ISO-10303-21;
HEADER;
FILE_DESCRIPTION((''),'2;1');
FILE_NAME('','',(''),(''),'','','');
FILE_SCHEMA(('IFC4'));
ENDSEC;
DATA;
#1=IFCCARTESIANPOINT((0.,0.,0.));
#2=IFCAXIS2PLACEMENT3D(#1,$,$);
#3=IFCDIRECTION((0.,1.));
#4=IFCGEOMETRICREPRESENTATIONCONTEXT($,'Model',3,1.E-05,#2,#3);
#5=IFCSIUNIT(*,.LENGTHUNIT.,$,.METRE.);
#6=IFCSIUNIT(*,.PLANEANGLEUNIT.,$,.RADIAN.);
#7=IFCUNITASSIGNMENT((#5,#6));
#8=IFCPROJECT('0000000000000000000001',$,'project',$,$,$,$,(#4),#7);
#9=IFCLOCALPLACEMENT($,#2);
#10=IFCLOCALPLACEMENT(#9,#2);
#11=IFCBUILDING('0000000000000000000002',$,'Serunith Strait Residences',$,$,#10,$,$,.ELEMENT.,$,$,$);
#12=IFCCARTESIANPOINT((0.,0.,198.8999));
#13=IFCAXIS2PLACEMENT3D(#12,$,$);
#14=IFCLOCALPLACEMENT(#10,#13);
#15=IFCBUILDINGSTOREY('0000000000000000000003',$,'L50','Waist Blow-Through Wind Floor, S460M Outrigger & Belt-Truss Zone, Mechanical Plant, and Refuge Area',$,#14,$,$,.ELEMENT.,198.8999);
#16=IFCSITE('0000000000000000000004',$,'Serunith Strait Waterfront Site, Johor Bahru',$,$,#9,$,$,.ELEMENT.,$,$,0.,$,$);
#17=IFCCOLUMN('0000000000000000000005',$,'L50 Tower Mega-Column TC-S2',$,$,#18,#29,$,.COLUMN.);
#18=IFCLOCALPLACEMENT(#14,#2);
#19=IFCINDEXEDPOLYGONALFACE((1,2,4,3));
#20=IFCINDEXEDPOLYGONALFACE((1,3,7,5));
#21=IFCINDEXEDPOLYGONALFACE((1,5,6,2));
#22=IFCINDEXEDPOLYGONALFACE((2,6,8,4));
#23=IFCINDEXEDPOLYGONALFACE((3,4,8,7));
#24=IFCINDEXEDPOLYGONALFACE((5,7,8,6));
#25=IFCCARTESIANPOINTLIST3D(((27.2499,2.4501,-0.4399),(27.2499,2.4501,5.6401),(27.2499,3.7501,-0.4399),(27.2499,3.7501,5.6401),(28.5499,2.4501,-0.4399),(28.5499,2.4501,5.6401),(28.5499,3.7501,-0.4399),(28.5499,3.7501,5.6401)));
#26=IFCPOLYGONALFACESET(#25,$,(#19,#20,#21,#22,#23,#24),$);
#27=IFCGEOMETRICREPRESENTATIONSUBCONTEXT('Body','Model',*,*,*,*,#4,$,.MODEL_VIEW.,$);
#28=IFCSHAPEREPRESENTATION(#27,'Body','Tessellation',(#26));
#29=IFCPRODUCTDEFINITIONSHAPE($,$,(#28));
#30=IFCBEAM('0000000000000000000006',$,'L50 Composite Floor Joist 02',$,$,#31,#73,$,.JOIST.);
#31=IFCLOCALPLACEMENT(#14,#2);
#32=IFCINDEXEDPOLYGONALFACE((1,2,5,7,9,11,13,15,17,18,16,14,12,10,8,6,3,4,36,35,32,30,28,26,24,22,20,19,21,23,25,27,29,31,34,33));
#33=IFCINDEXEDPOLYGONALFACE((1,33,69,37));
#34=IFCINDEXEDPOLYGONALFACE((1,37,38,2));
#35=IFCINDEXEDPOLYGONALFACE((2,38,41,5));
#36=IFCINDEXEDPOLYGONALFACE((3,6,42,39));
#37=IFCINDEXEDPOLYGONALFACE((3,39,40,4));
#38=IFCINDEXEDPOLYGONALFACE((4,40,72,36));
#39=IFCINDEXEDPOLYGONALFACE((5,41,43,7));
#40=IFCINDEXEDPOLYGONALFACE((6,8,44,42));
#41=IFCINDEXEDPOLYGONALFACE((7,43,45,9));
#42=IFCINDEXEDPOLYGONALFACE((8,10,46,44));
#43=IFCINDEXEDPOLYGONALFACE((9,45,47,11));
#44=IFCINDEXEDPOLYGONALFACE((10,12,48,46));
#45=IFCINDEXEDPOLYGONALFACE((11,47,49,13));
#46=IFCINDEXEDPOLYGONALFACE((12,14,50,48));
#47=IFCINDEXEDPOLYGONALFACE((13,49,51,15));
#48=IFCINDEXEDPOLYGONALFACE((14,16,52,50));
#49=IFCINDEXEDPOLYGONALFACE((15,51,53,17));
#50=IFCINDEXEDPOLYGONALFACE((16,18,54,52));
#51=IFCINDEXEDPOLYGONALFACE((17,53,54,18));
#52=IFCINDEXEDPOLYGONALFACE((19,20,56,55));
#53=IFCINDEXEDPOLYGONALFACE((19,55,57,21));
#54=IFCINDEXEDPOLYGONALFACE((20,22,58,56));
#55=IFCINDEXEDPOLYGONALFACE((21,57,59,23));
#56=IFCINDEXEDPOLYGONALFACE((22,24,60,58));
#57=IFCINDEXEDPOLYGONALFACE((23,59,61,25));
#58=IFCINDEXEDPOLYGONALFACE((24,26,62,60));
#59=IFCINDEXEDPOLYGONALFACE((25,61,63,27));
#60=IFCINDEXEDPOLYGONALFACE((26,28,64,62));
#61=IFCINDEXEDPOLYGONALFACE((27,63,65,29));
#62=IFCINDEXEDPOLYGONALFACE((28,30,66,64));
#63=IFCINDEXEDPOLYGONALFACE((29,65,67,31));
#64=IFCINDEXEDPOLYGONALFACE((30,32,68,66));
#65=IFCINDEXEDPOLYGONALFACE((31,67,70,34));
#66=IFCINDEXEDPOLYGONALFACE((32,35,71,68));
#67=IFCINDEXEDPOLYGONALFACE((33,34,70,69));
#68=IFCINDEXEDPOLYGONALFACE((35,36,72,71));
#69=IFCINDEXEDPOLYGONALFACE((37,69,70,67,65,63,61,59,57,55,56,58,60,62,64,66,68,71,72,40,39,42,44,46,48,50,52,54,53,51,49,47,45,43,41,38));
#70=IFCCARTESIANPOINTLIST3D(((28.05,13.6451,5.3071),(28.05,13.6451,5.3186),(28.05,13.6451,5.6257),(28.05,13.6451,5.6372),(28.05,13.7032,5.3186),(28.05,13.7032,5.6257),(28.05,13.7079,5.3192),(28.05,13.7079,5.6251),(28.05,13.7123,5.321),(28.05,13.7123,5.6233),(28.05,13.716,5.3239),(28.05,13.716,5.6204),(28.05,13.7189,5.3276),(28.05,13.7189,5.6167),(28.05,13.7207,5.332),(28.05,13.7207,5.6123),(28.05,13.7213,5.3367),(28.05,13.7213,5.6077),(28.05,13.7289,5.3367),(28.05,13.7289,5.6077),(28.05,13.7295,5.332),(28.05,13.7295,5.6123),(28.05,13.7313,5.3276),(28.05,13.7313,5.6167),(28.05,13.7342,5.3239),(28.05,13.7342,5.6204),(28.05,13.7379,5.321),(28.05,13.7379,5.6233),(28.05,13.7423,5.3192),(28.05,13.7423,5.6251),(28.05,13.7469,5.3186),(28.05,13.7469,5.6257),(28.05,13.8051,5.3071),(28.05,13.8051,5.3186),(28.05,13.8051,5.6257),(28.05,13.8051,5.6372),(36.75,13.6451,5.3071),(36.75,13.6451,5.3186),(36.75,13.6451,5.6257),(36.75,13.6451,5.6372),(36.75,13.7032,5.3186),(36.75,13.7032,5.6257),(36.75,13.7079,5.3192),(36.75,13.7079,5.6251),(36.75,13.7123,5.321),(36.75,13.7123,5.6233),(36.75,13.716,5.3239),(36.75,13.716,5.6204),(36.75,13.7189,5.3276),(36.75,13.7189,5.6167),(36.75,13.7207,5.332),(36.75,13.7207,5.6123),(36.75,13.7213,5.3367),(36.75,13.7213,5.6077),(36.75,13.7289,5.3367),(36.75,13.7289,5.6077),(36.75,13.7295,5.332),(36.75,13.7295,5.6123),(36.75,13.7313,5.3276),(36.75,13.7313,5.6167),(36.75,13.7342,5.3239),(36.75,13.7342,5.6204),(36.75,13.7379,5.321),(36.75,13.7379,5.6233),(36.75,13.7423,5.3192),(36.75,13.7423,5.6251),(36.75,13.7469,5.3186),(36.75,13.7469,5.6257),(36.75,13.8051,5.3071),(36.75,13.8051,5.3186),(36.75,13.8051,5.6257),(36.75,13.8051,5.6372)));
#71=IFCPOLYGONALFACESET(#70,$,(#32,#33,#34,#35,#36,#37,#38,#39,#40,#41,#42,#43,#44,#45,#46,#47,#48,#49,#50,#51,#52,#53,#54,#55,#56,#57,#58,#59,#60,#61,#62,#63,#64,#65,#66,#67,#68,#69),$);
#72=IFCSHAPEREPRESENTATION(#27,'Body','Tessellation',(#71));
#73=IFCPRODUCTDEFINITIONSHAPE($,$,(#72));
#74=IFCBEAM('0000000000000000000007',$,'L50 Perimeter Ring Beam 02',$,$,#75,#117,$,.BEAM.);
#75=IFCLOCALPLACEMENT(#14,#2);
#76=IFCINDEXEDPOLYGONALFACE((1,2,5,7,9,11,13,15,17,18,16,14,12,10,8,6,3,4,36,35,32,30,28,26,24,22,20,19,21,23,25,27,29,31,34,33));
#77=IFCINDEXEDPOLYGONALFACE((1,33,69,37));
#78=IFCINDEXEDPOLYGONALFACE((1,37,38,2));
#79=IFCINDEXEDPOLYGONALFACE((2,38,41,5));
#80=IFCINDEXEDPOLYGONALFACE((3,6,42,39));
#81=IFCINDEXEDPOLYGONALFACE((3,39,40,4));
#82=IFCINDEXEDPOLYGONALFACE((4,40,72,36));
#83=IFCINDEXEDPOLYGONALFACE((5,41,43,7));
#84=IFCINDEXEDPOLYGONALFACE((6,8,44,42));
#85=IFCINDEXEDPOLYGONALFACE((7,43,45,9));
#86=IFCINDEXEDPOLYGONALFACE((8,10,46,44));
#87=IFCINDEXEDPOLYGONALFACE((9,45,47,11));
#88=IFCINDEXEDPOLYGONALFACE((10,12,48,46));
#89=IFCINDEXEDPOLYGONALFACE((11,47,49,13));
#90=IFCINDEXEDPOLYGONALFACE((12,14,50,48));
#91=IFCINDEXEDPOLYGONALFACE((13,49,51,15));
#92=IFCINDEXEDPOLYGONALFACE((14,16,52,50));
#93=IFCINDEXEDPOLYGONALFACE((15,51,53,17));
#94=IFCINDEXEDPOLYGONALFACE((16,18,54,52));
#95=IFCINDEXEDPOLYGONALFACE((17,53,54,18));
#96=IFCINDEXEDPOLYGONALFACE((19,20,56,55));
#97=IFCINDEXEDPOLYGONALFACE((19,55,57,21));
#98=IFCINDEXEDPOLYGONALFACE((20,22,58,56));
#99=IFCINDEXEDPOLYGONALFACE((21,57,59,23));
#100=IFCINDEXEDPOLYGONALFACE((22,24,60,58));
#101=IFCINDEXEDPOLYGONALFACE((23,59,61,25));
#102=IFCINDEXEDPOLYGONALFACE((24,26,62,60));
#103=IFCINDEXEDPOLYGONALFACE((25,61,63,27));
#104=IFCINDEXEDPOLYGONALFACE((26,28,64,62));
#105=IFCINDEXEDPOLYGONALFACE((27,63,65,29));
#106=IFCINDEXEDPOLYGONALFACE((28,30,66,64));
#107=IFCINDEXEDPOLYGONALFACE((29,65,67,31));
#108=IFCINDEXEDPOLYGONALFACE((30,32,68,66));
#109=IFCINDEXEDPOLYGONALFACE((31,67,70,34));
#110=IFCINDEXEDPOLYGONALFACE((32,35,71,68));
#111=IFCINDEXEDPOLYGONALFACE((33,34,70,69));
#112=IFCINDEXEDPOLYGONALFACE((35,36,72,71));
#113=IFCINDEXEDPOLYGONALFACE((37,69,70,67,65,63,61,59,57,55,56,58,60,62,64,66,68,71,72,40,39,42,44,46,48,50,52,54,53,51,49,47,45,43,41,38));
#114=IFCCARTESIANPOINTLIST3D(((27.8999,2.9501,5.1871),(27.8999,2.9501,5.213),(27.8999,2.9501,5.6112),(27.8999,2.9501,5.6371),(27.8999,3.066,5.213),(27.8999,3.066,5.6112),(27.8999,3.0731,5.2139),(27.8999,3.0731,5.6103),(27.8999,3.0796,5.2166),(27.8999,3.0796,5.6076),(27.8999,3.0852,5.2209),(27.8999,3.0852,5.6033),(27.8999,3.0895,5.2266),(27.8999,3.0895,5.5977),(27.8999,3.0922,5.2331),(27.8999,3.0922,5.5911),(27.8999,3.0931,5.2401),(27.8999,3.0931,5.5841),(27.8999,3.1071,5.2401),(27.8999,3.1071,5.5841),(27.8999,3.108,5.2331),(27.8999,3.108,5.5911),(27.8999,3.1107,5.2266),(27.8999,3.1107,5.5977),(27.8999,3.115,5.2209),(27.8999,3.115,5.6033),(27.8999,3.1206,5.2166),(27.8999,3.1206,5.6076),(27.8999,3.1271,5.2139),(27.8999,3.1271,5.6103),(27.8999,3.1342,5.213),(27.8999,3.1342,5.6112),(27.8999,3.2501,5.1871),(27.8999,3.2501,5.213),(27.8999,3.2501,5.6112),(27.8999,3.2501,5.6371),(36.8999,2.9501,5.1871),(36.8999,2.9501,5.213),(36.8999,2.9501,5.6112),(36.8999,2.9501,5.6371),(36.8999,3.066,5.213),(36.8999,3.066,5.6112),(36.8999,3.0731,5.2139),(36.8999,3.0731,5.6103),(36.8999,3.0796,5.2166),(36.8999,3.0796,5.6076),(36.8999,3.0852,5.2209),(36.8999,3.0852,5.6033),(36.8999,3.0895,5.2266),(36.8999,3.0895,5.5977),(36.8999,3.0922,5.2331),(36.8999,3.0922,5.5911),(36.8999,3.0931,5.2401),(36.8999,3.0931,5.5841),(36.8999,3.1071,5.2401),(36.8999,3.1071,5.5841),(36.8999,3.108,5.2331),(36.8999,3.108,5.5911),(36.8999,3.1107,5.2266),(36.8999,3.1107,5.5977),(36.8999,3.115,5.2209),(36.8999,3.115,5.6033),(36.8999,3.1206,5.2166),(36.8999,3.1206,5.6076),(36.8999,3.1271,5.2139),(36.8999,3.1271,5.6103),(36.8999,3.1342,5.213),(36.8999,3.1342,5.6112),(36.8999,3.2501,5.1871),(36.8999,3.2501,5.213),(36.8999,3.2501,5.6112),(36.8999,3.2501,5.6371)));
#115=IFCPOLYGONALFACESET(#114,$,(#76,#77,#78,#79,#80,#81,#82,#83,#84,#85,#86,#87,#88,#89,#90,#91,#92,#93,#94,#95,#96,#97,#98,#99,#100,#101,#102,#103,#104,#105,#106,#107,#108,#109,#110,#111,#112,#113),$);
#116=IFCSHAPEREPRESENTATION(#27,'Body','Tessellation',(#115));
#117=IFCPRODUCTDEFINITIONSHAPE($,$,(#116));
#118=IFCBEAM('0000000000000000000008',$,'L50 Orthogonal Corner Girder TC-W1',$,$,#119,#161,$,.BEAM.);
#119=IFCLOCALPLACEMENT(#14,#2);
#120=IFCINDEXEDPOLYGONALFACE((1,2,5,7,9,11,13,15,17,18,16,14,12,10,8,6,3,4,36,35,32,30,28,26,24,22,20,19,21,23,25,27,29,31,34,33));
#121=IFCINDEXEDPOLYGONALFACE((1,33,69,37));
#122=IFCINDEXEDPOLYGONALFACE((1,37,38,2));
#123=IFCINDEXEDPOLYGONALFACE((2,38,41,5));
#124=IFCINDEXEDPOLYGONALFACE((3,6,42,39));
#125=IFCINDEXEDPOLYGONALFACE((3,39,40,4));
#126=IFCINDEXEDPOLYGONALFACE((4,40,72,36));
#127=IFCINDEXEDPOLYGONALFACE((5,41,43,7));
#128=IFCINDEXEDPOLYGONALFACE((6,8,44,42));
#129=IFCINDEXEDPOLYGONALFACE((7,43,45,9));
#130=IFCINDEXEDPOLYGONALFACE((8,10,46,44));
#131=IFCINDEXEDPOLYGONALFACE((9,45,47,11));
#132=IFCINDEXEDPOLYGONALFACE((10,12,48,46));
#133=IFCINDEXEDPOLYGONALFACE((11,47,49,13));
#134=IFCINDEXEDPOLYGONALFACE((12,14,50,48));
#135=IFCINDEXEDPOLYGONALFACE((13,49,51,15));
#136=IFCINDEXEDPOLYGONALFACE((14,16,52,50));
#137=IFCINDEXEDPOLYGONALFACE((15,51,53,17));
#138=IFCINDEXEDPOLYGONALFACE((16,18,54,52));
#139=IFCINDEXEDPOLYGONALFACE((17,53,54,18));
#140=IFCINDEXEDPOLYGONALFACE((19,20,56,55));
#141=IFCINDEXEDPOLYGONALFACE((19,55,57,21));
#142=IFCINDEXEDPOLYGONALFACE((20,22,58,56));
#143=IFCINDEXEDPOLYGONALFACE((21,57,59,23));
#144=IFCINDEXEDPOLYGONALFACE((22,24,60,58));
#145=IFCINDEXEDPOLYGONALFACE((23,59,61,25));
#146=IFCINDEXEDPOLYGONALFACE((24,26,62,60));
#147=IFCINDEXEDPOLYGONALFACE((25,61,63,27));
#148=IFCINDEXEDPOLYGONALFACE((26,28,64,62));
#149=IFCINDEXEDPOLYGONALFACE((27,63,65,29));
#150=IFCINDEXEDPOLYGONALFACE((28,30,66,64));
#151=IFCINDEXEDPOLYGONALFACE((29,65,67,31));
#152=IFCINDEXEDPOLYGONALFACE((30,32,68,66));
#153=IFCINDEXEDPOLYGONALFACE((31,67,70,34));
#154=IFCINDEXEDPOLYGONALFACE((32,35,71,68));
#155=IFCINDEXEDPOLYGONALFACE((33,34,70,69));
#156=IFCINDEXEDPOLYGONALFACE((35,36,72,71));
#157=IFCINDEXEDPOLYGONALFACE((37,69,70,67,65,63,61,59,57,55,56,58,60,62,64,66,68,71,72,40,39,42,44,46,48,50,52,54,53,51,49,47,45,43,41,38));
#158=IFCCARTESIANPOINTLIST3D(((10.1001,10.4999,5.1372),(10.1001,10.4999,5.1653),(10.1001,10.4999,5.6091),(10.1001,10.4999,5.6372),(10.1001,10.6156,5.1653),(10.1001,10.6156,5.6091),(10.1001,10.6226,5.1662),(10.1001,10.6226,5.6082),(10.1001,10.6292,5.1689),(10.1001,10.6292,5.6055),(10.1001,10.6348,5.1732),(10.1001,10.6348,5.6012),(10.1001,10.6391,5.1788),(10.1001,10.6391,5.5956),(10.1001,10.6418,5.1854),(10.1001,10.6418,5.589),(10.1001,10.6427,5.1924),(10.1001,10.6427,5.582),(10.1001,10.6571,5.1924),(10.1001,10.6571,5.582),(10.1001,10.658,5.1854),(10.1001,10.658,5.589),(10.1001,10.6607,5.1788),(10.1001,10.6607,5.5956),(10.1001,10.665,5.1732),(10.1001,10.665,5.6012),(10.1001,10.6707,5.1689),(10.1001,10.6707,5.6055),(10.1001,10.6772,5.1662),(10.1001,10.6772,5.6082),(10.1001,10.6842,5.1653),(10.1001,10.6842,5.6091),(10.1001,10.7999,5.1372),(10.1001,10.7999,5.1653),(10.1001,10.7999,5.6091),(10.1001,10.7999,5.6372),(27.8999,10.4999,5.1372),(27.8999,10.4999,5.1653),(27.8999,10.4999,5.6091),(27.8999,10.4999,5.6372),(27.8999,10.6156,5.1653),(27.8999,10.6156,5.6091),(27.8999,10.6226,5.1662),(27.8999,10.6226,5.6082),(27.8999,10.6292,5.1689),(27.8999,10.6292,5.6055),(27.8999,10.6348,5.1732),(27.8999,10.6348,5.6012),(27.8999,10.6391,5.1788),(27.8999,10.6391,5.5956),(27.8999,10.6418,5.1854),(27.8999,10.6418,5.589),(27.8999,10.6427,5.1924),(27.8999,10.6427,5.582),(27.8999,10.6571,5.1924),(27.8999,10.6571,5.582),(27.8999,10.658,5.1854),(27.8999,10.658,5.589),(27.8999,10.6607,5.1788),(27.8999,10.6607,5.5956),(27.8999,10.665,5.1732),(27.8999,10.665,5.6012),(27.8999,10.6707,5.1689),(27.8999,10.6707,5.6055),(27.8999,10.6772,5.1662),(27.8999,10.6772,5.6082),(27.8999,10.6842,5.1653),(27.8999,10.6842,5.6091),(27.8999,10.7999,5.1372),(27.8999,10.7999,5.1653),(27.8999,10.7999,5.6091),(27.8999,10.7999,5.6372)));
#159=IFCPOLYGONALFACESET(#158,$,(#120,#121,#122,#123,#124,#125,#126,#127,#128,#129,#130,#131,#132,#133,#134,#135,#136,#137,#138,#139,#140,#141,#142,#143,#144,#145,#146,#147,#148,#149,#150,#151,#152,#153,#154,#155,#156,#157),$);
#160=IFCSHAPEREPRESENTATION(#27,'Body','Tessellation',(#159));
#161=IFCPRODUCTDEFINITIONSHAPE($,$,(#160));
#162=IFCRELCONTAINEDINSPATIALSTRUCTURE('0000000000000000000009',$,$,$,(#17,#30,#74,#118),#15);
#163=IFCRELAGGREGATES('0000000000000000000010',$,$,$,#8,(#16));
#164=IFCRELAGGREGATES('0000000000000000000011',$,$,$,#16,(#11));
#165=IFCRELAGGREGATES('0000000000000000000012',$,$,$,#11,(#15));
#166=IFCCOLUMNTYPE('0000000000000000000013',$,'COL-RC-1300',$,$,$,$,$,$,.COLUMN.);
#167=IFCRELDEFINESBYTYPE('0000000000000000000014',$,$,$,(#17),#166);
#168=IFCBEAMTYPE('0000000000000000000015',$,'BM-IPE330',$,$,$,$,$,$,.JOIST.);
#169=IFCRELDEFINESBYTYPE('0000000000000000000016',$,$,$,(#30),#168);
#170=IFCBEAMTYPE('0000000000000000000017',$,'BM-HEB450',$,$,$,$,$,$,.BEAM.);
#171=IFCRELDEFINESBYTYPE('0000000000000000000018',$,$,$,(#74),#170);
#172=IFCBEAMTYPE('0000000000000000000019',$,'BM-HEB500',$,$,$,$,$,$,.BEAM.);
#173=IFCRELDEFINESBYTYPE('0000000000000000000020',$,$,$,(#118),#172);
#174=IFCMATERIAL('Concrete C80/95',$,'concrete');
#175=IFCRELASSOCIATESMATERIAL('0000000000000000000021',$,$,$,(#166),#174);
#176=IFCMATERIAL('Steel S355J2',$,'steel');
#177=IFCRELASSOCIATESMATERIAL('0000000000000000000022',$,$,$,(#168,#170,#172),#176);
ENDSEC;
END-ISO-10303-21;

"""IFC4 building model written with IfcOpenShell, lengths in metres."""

from ifc_helpers import new_model, si_unit, direction, frame, origin, origin_2d, place, context, subcontext, project, spatial, rectangle, i_section, extrude, source, transform, mapped, material, material_profile, profile_set, type_object, element, save


model = new_model("IFC4")

# Units and contexts
model_context = context("Model", 3, precision=1e-05, world=origin(), true_north=direction((0.0, 1.0)))
body_context = subcontext(model_context, "Body", "Model", "MODEL_VIEW")
ifc_project = project(units=[si_unit("LENGTHUNIT", "METRE"), si_unit("PLANEANGLEUNIT", "RADIAN")], contexts=[model_context])

# Site, building, storey
site_placement = place(None, origin())
site = spatial("IfcSite", under=ifc_project, at=site_placement, Name="Serunith Strait Waterfront Site, Johor Bahru", CompositionType="ELEMENT", RefElevation=0.0)
building_placement = place(site_placement, origin())
building = spatial("IfcBuilding", under=site, at=building_placement, Name="Serunith Strait Residences", CompositionType="ELEMENT")
storey_placement = place(building_placement, frame((0.0, 0.0, 198.8999)))
storey = spatial("IfcBuildingStorey", under=building, at=storey_placement, Name="L50", Description="Waist Blow-Through Wind Floor, S460M Outrigger & Belt-Truss Zone, Mechanical Plant, and Refuge Area", CompositionType="ELEMENT", Elevation=198.8999)

# Column
ifc_material_1 = material(Name="Concrete C80/95", Category="concrete")
ifc_material_profile_1 = material_profile(ifc_material_1, rectangle(XDim=1.3, YDim=1.3, at=origin_2d()), Name="RC 1300x1300")
ifc_profile_set_1 = profile_set([ifc_material_profile_1], Name="Concrete C80/95")
column_type = type_object("IfcColumnType", Name="COL-RC-1300", PredefinedType="COLUMN", material=ifc_profile_set_1)
shared_shape_1 = source(origin(), body_context, "Body", "SweptSolid", [
    extrude(rectangle(XDim=1.3, YDim=1.3, at=origin_2d()), origin(), (0.0, 0.0, 1.0), 6.0801),
])
column_placement = place(storey_placement, frame((27.8999, 3.1001, -0.4399), z_axis=(0.0, 0.0, 1.0), x_axis=(1.0, 0.0, 0.0)))
element("IfcColumn", 1, at=column_placement, inside=storey, type_object=column_type, Name="L50 Tower Mega-Column TC-S2", PredefinedType="COLUMN", context=body_context, shape_type="MappedRepresentation", body=[
    mapped(shared_shape_1, transform((0.0, 0.0, 0.0), scale=1.0)),
])

# Beams
ifc_material_2 = material(Name="Steel S355J2", Category="steel")
ifc_material_profile_2 = material_profile(ifc_material_2, i_section(OverallWidth=0.1599, OverallDepth=0.3301, WebThickness=0.0076, FlangeThickness=0.0115, FilletRadius=0.0181, at=origin_2d()), Name="IPE 330")
ifc_profile_set_2 = profile_set([ifc_material_profile_2], Name="Steel S355J2")
beam_type_1 = type_object("IfcBeamType", Name="BM-IPE330", PredefinedType="JOIST", material=ifc_profile_set_2)
shared_shape_2 = source(origin(), body_context, "Body", "SweptSolid", [
    extrude(i_section(OverallWidth=0.1599, OverallDepth=0.3301, WebThickness=0.0076, FlangeThickness=0.0115, FilletRadius=0.0181, at=origin_2d()), origin(), (0.0, 0.0, 1.0), 8.7),
])
beam_1_placement = place(storey_placement, frame((28.05, 13.7251, 5.4722), z_axis=(1.0, 0.0, 0.0), x_axis=(0.0, 1.0, 0.0)))
element("IfcBeam", 2, at=beam_1_placement, inside=storey, type_object=beam_type_1, Name="L50 Composite Floor Joist 02", PredefinedType="JOIST", context=body_context, shape_type="MappedRepresentation", body=[
    mapped(shared_shape_2, transform((0.0, 0.0, 0.0), scale=1.0)),
])
ifc_material_profile_3 = material_profile(ifc_material_2, i_section(OverallWidth=0.3, OverallDepth=0.45, WebThickness=0.0139, FlangeThickness=0.0259, FilletRadius=0.0271, at=origin_2d()), Name="HEB 450")
ifc_profile_set_3 = profile_set([ifc_material_profile_3], Name="Steel S355J2")
beam_type_2 = type_object("IfcBeamType", Name="BM-HEB450", PredefinedType="BEAM", material=ifc_profile_set_3)
shared_shape_3 = source(origin(), body_context, "Body", "SweptSolid", [
    extrude(i_section(OverallWidth=0.3, OverallDepth=0.45, WebThickness=0.0139, FlangeThickness=0.0259, FilletRadius=0.0271, at=origin_2d()), origin(), (0.0, 0.0, 1.0), 9.0),
])
beam_2_placement = place(storey_placement, frame((27.8999, 3.1001, 5.4121), z_axis=(1.0, 0.0, 0.0), x_axis=(0.0, 1.0, 0.0)))
element("IfcBeam", 3, at=beam_2_placement, inside=storey, type_object=beam_type_2, Name="L50 Perimeter Ring Beam 02", PredefinedType="BEAM", context=body_context, shape_type="MappedRepresentation", body=[
    mapped(shared_shape_3, transform((0.0, 0.0, 0.0), scale=1.0)),
])
ifc_material_profile_4 = material_profile(ifc_material_2, i_section(OverallWidth=0.3, OverallDepth=0.5, WebThickness=0.0144, FlangeThickness=0.0281, FilletRadius=0.0271, at=origin_2d()), Name="HEB 500")
ifc_profile_set_4 = profile_set([ifc_material_profile_4], Name="Steel S355J2")
beam_type_3 = type_object("IfcBeamType", Name="BM-HEB500", PredefinedType="BEAM", material=ifc_profile_set_4)
shared_shape_4 = source(origin(), body_context, "Body", "SweptSolid", [
    extrude(i_section(OverallWidth=0.3, OverallDepth=0.5, WebThickness=0.0144, FlangeThickness=0.0281, FilletRadius=0.0271, at=origin_2d()), origin(), (0.0, 0.0, 1.0), 17.7998),
])
beam_3_placement = place(storey_placement, frame((27.8999, 10.6499, 5.3872), z_axis=(-1.0, 0.0, 0.0), x_axis=(0.0, -1.0, 0.0)))
element("IfcBeam", 4, at=beam_3_placement, inside=storey, type_object=beam_type_3, Name="L50 Orthogonal Corner Girder TC-W1", PredefinedType="BEAM", context=body_context, shape_type="MappedRepresentation", body=[
    mapped(shared_shape_4, transform((0.0, 0.0, 0.0), scale=1.0)),
])

save(model, "model.ifc")
